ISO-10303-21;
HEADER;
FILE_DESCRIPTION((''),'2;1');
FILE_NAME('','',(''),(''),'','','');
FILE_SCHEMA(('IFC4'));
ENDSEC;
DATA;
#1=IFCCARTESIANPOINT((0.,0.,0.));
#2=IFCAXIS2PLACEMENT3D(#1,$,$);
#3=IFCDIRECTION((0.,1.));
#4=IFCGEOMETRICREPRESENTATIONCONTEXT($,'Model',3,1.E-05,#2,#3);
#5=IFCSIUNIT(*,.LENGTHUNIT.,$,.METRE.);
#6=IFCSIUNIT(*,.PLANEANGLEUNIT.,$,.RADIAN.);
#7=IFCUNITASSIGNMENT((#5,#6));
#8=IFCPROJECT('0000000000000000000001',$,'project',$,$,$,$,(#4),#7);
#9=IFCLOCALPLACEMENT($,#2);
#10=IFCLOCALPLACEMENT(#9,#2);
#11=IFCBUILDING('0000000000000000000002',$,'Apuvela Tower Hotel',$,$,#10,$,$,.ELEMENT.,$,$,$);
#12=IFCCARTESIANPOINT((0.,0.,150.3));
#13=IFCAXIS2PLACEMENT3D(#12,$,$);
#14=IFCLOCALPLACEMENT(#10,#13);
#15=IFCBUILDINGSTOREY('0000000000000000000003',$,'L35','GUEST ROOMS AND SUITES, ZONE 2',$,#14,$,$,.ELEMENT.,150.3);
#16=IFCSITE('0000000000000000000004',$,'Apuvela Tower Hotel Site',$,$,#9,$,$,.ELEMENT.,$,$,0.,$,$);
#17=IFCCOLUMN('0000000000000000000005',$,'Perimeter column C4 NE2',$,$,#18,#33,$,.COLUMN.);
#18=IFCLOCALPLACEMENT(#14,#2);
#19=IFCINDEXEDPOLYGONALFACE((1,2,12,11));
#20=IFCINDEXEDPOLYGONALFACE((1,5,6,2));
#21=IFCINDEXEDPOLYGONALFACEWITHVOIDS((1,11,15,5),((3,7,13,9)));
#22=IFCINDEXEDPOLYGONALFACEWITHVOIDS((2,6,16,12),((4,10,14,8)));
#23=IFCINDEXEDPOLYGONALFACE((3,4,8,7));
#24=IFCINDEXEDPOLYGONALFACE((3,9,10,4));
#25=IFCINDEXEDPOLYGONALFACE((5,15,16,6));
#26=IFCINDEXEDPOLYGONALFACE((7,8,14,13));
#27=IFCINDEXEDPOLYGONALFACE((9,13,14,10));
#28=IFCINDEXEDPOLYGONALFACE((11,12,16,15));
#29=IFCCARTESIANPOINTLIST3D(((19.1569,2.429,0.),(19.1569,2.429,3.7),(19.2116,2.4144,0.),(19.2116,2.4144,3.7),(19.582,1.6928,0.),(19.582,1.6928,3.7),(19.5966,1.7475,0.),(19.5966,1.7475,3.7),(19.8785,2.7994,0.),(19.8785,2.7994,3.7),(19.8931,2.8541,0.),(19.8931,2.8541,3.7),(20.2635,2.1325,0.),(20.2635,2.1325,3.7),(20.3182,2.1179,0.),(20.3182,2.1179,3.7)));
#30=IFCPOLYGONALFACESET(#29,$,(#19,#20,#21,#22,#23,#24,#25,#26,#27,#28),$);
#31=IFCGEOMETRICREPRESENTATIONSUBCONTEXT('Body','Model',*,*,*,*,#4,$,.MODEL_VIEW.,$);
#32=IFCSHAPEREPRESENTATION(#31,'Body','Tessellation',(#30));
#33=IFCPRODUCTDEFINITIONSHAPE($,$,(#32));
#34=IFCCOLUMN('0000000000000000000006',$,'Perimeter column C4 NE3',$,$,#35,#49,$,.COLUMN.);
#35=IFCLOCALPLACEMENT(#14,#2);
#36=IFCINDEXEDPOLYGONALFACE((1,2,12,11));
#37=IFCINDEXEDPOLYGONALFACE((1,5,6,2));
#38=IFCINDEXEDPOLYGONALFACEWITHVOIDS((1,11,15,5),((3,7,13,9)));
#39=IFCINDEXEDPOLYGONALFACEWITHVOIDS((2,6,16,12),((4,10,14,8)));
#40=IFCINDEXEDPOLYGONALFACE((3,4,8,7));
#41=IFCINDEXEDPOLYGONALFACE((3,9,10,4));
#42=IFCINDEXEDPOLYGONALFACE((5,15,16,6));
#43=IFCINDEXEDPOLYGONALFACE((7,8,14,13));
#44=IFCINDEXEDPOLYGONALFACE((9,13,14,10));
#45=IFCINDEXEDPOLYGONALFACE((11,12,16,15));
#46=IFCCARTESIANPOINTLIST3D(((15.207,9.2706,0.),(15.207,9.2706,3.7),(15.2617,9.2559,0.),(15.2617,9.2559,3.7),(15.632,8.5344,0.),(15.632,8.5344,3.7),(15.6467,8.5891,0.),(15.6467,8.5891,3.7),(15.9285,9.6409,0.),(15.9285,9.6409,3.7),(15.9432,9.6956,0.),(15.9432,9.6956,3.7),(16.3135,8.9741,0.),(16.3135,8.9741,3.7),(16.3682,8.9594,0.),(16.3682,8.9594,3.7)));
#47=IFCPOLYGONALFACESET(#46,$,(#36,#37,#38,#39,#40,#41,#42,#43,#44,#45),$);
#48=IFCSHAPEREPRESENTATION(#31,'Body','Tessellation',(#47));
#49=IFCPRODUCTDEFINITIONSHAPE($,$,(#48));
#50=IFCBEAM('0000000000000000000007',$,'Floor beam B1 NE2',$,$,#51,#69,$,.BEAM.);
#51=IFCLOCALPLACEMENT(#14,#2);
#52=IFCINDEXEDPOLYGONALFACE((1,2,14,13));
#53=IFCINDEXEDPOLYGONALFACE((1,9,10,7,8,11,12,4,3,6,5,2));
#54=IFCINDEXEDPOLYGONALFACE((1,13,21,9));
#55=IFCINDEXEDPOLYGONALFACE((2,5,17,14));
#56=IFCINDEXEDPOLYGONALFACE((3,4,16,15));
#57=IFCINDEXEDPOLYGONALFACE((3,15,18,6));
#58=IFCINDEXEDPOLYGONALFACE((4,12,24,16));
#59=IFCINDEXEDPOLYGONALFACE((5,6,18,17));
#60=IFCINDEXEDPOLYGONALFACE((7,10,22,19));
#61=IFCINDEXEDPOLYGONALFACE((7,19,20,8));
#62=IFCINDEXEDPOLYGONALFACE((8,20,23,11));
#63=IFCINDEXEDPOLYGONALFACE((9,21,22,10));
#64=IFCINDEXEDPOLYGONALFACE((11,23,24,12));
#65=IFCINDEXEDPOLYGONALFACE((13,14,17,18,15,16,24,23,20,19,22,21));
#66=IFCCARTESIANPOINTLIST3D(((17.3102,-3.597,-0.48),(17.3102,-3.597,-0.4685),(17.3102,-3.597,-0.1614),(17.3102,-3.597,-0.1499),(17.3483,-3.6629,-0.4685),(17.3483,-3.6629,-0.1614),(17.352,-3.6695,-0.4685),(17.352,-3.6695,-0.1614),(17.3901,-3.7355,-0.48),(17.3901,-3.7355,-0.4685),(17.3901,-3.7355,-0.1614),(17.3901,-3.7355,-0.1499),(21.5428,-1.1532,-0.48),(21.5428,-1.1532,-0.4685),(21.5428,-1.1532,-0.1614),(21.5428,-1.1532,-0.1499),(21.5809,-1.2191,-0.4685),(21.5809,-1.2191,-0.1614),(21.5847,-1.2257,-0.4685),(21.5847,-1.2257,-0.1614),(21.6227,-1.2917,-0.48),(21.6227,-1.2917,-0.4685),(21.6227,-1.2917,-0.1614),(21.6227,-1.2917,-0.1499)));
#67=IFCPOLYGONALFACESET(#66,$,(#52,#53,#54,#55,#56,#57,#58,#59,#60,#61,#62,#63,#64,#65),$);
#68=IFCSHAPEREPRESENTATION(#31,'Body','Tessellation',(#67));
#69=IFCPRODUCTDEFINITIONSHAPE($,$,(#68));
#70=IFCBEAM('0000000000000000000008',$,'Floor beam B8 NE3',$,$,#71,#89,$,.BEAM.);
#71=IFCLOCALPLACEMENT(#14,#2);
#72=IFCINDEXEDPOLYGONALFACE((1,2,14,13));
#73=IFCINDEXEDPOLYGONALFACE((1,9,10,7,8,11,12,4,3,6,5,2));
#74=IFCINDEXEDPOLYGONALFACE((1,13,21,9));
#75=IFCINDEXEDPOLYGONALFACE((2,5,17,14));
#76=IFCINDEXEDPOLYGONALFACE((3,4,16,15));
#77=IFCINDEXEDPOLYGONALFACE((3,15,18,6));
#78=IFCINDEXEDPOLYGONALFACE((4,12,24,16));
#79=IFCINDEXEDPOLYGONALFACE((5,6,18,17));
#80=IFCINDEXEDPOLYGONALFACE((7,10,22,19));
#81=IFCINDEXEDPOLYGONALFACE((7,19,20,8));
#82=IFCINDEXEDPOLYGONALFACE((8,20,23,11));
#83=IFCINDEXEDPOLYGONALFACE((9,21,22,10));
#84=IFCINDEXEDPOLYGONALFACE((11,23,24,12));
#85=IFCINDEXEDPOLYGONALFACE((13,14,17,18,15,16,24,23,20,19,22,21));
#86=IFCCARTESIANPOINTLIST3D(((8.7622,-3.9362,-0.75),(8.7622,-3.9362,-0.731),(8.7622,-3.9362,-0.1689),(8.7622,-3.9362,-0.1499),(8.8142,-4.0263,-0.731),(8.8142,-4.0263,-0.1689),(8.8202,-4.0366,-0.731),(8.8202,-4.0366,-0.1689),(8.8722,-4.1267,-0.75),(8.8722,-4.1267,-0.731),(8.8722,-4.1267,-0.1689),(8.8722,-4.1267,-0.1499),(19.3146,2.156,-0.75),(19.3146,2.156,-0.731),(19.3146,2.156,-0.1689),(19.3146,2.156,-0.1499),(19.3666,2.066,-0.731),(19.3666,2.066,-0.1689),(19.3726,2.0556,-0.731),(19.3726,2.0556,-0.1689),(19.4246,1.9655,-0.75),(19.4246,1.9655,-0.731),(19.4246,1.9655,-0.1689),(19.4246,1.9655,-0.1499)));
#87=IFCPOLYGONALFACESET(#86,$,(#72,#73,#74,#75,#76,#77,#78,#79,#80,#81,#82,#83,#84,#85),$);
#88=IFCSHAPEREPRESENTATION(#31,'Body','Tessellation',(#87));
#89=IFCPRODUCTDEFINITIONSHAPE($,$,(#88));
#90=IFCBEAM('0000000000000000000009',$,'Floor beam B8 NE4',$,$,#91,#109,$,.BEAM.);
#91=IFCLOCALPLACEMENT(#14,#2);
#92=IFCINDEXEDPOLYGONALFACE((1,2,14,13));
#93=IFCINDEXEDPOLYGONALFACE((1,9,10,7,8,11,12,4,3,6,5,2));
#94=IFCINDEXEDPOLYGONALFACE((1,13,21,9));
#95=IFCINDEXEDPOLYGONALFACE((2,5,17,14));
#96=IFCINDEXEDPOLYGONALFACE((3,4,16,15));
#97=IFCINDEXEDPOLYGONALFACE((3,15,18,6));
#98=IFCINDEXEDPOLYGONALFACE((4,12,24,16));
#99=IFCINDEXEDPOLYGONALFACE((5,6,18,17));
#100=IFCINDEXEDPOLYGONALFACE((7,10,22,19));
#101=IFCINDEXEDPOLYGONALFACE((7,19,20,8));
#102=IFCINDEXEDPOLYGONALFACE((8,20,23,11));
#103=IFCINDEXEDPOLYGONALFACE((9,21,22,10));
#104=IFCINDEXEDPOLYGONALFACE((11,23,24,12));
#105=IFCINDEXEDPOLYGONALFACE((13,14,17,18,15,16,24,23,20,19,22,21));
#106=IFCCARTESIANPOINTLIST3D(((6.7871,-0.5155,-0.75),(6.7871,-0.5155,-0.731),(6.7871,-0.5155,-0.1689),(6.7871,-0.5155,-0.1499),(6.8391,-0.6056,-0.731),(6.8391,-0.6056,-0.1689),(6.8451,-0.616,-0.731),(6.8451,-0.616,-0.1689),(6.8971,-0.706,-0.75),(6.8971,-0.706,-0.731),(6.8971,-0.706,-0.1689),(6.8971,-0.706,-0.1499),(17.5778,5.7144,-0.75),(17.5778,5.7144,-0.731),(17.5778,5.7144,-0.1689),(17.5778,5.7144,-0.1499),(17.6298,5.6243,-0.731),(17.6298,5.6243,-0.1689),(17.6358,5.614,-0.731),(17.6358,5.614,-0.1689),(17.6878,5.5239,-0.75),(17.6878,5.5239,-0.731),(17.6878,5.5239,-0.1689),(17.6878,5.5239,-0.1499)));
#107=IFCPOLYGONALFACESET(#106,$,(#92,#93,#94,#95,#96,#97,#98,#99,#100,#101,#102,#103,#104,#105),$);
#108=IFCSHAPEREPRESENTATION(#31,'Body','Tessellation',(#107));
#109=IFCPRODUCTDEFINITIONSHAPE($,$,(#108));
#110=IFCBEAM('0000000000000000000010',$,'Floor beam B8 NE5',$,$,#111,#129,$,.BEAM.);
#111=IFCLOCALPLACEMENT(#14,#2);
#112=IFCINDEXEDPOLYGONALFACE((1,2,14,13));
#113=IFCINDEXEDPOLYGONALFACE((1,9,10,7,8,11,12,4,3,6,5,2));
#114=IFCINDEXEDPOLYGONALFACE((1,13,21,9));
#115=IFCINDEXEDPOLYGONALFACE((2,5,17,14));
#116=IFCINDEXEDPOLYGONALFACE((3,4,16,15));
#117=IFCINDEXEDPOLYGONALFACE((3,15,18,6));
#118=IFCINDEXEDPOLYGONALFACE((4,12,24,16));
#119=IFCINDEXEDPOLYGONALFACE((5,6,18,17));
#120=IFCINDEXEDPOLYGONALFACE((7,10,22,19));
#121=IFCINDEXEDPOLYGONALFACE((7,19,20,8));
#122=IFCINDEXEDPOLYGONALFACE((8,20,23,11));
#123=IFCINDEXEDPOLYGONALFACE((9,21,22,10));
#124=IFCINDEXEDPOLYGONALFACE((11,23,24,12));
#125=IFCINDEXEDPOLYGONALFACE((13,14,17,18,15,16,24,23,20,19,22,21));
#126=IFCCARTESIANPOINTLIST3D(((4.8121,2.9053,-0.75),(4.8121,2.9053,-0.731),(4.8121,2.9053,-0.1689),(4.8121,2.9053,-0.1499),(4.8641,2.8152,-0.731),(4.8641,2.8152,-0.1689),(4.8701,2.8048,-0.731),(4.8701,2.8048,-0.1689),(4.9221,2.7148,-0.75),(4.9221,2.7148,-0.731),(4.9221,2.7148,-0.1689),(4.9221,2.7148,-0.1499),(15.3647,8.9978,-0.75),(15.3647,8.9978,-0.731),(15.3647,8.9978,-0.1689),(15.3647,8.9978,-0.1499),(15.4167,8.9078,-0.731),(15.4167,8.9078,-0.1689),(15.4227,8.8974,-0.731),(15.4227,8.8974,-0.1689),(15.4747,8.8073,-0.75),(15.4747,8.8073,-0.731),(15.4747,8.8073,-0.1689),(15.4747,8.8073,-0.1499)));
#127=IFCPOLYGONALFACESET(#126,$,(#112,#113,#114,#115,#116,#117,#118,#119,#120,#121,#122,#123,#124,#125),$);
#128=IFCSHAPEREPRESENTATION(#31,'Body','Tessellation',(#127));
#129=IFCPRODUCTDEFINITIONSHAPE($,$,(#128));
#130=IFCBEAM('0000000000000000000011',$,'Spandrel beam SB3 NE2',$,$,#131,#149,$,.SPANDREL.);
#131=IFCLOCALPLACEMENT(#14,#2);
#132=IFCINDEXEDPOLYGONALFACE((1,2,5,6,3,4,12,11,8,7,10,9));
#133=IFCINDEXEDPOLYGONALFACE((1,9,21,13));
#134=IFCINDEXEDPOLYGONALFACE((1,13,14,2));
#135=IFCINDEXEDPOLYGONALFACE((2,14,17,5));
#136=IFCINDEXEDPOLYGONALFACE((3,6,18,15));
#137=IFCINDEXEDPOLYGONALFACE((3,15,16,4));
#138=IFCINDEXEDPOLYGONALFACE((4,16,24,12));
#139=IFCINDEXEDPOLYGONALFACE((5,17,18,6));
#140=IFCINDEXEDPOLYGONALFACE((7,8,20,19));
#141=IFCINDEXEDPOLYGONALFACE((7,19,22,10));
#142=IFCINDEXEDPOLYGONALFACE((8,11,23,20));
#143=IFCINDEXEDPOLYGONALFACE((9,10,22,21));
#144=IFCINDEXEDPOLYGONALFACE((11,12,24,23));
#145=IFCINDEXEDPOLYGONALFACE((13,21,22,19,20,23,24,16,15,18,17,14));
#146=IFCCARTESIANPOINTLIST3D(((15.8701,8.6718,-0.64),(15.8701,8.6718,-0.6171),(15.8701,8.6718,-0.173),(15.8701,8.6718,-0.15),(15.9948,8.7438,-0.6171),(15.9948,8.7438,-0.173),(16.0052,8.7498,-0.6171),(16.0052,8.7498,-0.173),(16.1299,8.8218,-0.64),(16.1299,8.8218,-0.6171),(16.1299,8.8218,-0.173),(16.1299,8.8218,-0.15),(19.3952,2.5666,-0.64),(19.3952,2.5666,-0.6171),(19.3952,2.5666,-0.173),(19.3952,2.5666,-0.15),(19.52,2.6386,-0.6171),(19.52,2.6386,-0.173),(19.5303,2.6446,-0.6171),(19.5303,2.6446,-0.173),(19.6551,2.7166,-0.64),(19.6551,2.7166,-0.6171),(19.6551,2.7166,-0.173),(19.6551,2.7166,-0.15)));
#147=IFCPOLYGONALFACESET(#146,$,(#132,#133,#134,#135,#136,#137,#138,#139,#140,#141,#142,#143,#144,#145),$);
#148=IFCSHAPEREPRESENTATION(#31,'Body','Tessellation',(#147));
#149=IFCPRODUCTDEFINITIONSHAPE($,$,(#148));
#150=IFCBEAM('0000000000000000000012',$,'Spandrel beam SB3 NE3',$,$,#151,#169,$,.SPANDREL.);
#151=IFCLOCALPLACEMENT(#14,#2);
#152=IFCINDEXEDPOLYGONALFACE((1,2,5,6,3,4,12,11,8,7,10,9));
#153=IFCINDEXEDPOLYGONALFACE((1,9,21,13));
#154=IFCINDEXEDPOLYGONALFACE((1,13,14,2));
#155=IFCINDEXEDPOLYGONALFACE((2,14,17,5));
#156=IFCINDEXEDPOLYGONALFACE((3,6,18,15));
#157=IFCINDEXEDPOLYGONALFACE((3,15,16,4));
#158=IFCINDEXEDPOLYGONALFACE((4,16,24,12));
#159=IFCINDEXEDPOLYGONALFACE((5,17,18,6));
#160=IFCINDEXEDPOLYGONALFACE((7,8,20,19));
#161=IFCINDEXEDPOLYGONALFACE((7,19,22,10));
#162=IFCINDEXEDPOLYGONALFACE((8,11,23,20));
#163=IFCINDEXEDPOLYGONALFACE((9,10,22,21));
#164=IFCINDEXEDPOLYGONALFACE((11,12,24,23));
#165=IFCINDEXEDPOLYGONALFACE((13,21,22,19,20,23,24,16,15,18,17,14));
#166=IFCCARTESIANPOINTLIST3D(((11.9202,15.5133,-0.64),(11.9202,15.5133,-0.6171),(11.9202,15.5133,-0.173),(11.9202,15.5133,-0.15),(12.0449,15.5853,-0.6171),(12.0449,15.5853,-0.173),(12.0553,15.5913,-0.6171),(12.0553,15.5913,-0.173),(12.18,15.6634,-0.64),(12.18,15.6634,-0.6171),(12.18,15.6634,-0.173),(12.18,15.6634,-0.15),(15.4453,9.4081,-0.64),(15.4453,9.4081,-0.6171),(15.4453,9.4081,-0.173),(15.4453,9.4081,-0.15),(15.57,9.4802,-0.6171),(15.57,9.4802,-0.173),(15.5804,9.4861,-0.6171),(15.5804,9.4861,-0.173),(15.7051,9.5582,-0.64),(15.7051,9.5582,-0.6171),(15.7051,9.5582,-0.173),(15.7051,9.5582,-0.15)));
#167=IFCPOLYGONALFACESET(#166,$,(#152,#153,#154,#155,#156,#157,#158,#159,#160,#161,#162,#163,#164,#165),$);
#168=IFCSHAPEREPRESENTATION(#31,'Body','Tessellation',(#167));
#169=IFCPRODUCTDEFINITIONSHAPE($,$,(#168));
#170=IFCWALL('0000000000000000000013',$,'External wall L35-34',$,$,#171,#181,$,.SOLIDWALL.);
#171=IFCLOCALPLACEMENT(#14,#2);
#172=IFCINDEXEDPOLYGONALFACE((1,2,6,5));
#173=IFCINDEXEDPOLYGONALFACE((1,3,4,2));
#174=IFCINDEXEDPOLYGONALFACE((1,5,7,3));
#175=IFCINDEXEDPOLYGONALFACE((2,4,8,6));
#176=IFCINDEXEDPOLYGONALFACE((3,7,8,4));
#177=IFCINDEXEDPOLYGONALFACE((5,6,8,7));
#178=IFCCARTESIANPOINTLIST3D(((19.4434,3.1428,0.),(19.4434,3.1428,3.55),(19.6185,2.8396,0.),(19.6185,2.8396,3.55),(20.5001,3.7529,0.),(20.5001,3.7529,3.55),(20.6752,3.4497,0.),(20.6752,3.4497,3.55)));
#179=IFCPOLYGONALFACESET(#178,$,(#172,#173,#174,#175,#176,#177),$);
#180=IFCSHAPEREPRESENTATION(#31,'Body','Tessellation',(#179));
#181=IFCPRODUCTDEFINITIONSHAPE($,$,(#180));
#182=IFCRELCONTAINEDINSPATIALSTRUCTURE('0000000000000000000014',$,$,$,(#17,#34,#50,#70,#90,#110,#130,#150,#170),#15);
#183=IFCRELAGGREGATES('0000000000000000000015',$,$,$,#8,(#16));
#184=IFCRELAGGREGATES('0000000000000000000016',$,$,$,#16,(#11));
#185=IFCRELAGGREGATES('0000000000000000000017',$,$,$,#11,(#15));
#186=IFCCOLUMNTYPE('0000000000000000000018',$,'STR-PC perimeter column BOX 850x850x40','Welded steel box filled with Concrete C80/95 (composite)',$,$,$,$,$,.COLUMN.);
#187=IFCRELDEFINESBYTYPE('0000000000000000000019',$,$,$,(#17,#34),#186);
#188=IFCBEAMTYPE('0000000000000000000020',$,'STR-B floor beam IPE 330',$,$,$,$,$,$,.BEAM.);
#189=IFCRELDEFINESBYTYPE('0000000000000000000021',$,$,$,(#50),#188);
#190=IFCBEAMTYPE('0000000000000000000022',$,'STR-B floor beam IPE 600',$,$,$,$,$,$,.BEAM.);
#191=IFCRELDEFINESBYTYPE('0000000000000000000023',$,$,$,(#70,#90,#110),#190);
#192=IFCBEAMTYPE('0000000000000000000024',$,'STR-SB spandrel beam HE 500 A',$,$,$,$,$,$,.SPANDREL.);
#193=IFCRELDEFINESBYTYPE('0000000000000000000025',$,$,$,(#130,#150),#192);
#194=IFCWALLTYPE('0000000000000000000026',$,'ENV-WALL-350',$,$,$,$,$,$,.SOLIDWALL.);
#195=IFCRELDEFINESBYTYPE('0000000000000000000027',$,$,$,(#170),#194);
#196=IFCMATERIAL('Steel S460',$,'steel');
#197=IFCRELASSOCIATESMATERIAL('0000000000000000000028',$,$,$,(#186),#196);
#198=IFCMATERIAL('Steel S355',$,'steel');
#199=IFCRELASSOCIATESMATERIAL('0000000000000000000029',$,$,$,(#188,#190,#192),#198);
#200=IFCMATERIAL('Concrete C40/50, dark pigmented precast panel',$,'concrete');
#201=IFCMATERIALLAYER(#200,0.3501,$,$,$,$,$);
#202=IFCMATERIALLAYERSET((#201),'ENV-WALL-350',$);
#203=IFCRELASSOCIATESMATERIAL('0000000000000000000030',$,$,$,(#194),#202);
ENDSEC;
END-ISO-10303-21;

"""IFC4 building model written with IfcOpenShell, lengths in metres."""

from ifc_helpers import new_model, si_unit, direction, frame, frame_2d, origin, origin_2d, place, context, subcontext, project, spatial, rectangle, hollow_rectangle, i_section, extrude, material, layer, layer_set, material_profile, profile_set, type_object, element, save


model = new_model("IFC4")

# Units and contexts
model_context = context("Model", 3, precision=1e-05, world=origin(), true_north=direction((0.0, 1.0)))
body_context = subcontext(model_context, "Body", "Model", "MODEL_VIEW")
ifc_project = project(units=[si_unit("LENGTHUNIT", "METRE"), si_unit("PLANEANGLEUNIT", "RADIAN")], contexts=[model_context])

# Site, building, storey
site_placement = place(None, origin())
site = spatial("IfcSite", under=ifc_project, at=site_placement, Name="Apuvela Tower Hotel Site", CompositionType="ELEMENT", RefElevation=0.0)
building_placement = place(site_placement, origin())
building = spatial("IfcBuilding", under=site, at=building_placement, Name="Apuvela Tower Hotel", CompositionType="ELEMENT")
storey_placement = place(building_placement, frame((0.0, 0.0, 150.3)))
storey = spatial("IfcBuildingStorey", under=building, at=storey_placement, Name="L35", Description="GUEST ROOMS AND SUITES, ZONE 2", CompositionType="ELEMENT", Elevation=150.3)

# Columns
ifc_material_1 = material(Name="Steel S460", Category="steel")
ifc_material_profile_1 = material_profile(ifc_material_1, hollow_rectangle(XDim=0.8501, YDim=0.8501, WallThickness=0.04, at=origin_2d()), Name="BOX 850x850x40")
ifc_material_2 = material(Name="Concrete C80/95", Category="concrete")
ifc_material_profile_2 = material_profile(ifc_material_2, rectangle(XDim=0.77, YDim=0.77, at=origin_2d()), Name="Concrete C80/95 infill")
ifc_profile_set_1 = profile_set([ifc_material_profile_1, ifc_material_profile_2], Name="Steel S460")
column_type = type_object("IfcColumnType", Name="STR-PC perimeter column BOX 850x850x40", Description="Welded steel box filled with Concrete C80/95 (composite)", PredefinedType="COLUMN", material=ifc_profile_set_1)
for number, where, z_axis, x_axis, name in (
    (1, (19.7375, 2.2734, 0.0), (0.0, 0.0, 1.0), (-0.5, 0.866025, 0.0), "Perimeter column C4 NE2"),
    (2, (15.7876, 9.115, 0.0), (0.0, 0.0, 1.0), (-0.5, 0.866025, 0.0), "Perimeter column C4 NE3"),
):
    element("IfcColumn", number, at=place(storey_placement, frame(where, z_axis=z_axis, x_axis=x_axis)), inside=storey, type_object=column_type, Name=name, PredefinedType="COLUMN", context=body_context, shape_type="SweptSolid", body=[
        extrude(hollow_rectangle(XDim=0.8501, YDim=0.8501, WallThickness=0.04, at=origin_2d()), origin(), (0.0, 0.0, 1.0), 3.7),
    ])

# Beams
ifc_material_3 = material(Name="Steel S355", Category="steel")
ifc_material_profile_3 = material_profile(ifc_material_3, i_section(OverallWidth=0.1599, OverallDepth=0.3301, WebThickness=0.0076, FlangeThickness=0.0115, at=origin_2d()), Name="IPE 330")
ifc_profile_set_2 = profile_set([ifc_material_profile_3], Name="Steel S355")
beam_type_1 = type_object("IfcBeamType", Name="STR-B floor beam IPE 330", PredefinedType="BEAM", material=ifc_profile_set_2)
beam_1_placement = place(storey_placement, frame((21.5828, -1.2224, -0.3149), z_axis=(-0.866015, -0.500018, 0.0), x_axis=(0.500018, -0.866015, 0.0)))
element("IfcBeam", 3, at=beam_1_placement, inside=storey, type_object=beam_type_1, Name="Floor beam B1 NE2", PredefinedType="BEAM", context=body_context, shape_type="SweptSolid", body=[
    extrude(i_section(OverallWidth=0.1599, OverallDepth=0.3301, WebThickness=0.0076, FlangeThickness=0.0115, at=origin_2d()), origin(), (0.0, 0.0, 1.0), 4.8875),
])
ifc_material_profile_4 = material_profile(ifc_material_3, i_section(OverallWidth=0.22, OverallDepth=0.6001, WebThickness=0.012, FlangeThickness=0.019, at=origin_2d()), Name="IPE 600")
ifc_profile_set_3 = profile_set([ifc_material_profile_4], Name="Steel S355")
beam_type_2 = type_object("IfcBeamType", Name="STR-B floor beam IPE 600", PredefinedType="BEAM", material=ifc_profile_set_3)
beam_2_placement = place(storey_placement, frame((19.3696, 2.0608, -0.45), z_axis=(-0.866032, -0.499988, 0.0), x_axis=(0.499988, -0.866032, 0.0)))
element("IfcBeam", 4, at=beam_2_placement, inside=storey, type_object=beam_type_2, Name="Floor beam B8 NE3", PredefinedType="BEAM", context=body_context, shape_type="SweptSolid", body=[
    extrude(i_section(OverallWidth=0.22, OverallDepth=0.6001, WebThickness=0.012, FlangeThickness=0.019, at=origin_2d()), origin(), (0.0, 0.0, 1.0), 12.1848),
])
beam_3_placement = place(storey_placement, frame((17.6328, 5.6191, -0.45), z_axis=(-0.866028, -0.499996, 0.0), x_axis=(0.499996, -0.866028, 0.0)))
element("IfcBeam", 5, at=beam_3_placement, inside=storey, type_object=beam_type_2, Name="Floor beam B8 NE4", PredefinedType="BEAM", context=body_context, shape_type="SweptSolid", body=[
    extrude(i_section(OverallWidth=0.22, OverallDepth=0.6001, WebThickness=0.012, FlangeThickness=0.019, at=origin_2d()), origin(), (0.0, 0.0, 1.0), 12.46),
])
beam_4_placement = place(storey_placement, frame((15.4197, 8.9026, -0.45), z_axis=(-0.866024, -0.500003, 0.0), x_axis=(0.500003, -0.866024, 0.0)))
element("IfcBeam", 6, at=beam_4_placement, inside=storey, type_object=beam_type_2, Name="Floor beam B8 NE5", PredefinedType="BEAM", context=body_context, shape_type="SweptSolid", body=[
    extrude(i_section(OverallWidth=0.22, OverallDepth=0.6001, WebThickness=0.012, FlangeThickness=0.019, at=origin_2d()), origin(), (0.0, 0.0, 1.0), 12.1851),
])
ifc_material_profile_5 = material_profile(ifc_material_3, i_section(OverallWidth=0.3, OverallDepth=0.49, WebThickness=0.012, FlangeThickness=0.0229, at=origin_2d()), Name="HE 500 A")
ifc_profile_set_4 = profile_set([ifc_material_profile_5], Name="Steel S355")
beam_type_3 = type_object("IfcBeamType", Name="STR-SB spandrel beam HE 500 A", PredefinedType="SPANDREL", material=ifc_profile_set_4)
for number, where, z_axis, x_axis, name in (
    (7, (19.5251, 2.6416, -0.395), (-0.500031, 0.866007, 0.0), (-0.866007, -0.500031, 0.0), "Spandrel beam SB3 NE2"),
    (8, (15.5752, 9.4832, -0.395), (-0.500031, 0.866007, 0.0), (-0.866007, -0.500031, 0.0), "Spandrel beam SB3 NE3"),
):
    element("IfcBeam", number, at=place(storey_placement, frame(where, z_axis=z_axis, x_axis=x_axis)), inside=storey, type_object=beam_type_3, Name=name, PredefinedType="SPANDREL", context=body_context, shape_type="SweptSolid", body=[
        extrude(i_section(OverallWidth=0.3, OverallDepth=0.49, WebThickness=0.012, FlangeThickness=0.0229, at=origin_2d()), origin(), (0.0, 0.0, 1.0), 7.0498),
    ])

# Wall
ifc_material_4 = material(Name="Concrete C40/50, dark pigmented precast panel", Category="concrete")
ifc_layer_1 = layer(ifc_material_4, 0.3501)
ifc_layer_set_1 = layer_set([ifc_layer_1], Name="ENV-WALL-350")
wall_type_1 = type_object("IfcWallType", Name="ENV-WALL-350", PredefinedType="SOLIDWALL", material=ifc_layer_set_1)
wall_1_placement = place(storey_placement, frame((20.5876, 3.6013, 0.0), z_axis=(0.0, 0.0, 1.0), x_axis=(-0.866006, -0.500034, 0.0)))
element("IfcWall", 9, at=wall_1_placement, inside=storey, type_object=wall_type_1, Name="External wall L35-34", PredefinedType="SOLIDWALL", context=body_context, shape_type="SweptSolid", body=[
    extrude(rectangle(XDim=1.2202, YDim=0.3501, at=frame_2d((0.6101, 0.0))), origin(), (0.0, 0.0, 1.0), 3.55),
])

save(model, "model.ifc")
